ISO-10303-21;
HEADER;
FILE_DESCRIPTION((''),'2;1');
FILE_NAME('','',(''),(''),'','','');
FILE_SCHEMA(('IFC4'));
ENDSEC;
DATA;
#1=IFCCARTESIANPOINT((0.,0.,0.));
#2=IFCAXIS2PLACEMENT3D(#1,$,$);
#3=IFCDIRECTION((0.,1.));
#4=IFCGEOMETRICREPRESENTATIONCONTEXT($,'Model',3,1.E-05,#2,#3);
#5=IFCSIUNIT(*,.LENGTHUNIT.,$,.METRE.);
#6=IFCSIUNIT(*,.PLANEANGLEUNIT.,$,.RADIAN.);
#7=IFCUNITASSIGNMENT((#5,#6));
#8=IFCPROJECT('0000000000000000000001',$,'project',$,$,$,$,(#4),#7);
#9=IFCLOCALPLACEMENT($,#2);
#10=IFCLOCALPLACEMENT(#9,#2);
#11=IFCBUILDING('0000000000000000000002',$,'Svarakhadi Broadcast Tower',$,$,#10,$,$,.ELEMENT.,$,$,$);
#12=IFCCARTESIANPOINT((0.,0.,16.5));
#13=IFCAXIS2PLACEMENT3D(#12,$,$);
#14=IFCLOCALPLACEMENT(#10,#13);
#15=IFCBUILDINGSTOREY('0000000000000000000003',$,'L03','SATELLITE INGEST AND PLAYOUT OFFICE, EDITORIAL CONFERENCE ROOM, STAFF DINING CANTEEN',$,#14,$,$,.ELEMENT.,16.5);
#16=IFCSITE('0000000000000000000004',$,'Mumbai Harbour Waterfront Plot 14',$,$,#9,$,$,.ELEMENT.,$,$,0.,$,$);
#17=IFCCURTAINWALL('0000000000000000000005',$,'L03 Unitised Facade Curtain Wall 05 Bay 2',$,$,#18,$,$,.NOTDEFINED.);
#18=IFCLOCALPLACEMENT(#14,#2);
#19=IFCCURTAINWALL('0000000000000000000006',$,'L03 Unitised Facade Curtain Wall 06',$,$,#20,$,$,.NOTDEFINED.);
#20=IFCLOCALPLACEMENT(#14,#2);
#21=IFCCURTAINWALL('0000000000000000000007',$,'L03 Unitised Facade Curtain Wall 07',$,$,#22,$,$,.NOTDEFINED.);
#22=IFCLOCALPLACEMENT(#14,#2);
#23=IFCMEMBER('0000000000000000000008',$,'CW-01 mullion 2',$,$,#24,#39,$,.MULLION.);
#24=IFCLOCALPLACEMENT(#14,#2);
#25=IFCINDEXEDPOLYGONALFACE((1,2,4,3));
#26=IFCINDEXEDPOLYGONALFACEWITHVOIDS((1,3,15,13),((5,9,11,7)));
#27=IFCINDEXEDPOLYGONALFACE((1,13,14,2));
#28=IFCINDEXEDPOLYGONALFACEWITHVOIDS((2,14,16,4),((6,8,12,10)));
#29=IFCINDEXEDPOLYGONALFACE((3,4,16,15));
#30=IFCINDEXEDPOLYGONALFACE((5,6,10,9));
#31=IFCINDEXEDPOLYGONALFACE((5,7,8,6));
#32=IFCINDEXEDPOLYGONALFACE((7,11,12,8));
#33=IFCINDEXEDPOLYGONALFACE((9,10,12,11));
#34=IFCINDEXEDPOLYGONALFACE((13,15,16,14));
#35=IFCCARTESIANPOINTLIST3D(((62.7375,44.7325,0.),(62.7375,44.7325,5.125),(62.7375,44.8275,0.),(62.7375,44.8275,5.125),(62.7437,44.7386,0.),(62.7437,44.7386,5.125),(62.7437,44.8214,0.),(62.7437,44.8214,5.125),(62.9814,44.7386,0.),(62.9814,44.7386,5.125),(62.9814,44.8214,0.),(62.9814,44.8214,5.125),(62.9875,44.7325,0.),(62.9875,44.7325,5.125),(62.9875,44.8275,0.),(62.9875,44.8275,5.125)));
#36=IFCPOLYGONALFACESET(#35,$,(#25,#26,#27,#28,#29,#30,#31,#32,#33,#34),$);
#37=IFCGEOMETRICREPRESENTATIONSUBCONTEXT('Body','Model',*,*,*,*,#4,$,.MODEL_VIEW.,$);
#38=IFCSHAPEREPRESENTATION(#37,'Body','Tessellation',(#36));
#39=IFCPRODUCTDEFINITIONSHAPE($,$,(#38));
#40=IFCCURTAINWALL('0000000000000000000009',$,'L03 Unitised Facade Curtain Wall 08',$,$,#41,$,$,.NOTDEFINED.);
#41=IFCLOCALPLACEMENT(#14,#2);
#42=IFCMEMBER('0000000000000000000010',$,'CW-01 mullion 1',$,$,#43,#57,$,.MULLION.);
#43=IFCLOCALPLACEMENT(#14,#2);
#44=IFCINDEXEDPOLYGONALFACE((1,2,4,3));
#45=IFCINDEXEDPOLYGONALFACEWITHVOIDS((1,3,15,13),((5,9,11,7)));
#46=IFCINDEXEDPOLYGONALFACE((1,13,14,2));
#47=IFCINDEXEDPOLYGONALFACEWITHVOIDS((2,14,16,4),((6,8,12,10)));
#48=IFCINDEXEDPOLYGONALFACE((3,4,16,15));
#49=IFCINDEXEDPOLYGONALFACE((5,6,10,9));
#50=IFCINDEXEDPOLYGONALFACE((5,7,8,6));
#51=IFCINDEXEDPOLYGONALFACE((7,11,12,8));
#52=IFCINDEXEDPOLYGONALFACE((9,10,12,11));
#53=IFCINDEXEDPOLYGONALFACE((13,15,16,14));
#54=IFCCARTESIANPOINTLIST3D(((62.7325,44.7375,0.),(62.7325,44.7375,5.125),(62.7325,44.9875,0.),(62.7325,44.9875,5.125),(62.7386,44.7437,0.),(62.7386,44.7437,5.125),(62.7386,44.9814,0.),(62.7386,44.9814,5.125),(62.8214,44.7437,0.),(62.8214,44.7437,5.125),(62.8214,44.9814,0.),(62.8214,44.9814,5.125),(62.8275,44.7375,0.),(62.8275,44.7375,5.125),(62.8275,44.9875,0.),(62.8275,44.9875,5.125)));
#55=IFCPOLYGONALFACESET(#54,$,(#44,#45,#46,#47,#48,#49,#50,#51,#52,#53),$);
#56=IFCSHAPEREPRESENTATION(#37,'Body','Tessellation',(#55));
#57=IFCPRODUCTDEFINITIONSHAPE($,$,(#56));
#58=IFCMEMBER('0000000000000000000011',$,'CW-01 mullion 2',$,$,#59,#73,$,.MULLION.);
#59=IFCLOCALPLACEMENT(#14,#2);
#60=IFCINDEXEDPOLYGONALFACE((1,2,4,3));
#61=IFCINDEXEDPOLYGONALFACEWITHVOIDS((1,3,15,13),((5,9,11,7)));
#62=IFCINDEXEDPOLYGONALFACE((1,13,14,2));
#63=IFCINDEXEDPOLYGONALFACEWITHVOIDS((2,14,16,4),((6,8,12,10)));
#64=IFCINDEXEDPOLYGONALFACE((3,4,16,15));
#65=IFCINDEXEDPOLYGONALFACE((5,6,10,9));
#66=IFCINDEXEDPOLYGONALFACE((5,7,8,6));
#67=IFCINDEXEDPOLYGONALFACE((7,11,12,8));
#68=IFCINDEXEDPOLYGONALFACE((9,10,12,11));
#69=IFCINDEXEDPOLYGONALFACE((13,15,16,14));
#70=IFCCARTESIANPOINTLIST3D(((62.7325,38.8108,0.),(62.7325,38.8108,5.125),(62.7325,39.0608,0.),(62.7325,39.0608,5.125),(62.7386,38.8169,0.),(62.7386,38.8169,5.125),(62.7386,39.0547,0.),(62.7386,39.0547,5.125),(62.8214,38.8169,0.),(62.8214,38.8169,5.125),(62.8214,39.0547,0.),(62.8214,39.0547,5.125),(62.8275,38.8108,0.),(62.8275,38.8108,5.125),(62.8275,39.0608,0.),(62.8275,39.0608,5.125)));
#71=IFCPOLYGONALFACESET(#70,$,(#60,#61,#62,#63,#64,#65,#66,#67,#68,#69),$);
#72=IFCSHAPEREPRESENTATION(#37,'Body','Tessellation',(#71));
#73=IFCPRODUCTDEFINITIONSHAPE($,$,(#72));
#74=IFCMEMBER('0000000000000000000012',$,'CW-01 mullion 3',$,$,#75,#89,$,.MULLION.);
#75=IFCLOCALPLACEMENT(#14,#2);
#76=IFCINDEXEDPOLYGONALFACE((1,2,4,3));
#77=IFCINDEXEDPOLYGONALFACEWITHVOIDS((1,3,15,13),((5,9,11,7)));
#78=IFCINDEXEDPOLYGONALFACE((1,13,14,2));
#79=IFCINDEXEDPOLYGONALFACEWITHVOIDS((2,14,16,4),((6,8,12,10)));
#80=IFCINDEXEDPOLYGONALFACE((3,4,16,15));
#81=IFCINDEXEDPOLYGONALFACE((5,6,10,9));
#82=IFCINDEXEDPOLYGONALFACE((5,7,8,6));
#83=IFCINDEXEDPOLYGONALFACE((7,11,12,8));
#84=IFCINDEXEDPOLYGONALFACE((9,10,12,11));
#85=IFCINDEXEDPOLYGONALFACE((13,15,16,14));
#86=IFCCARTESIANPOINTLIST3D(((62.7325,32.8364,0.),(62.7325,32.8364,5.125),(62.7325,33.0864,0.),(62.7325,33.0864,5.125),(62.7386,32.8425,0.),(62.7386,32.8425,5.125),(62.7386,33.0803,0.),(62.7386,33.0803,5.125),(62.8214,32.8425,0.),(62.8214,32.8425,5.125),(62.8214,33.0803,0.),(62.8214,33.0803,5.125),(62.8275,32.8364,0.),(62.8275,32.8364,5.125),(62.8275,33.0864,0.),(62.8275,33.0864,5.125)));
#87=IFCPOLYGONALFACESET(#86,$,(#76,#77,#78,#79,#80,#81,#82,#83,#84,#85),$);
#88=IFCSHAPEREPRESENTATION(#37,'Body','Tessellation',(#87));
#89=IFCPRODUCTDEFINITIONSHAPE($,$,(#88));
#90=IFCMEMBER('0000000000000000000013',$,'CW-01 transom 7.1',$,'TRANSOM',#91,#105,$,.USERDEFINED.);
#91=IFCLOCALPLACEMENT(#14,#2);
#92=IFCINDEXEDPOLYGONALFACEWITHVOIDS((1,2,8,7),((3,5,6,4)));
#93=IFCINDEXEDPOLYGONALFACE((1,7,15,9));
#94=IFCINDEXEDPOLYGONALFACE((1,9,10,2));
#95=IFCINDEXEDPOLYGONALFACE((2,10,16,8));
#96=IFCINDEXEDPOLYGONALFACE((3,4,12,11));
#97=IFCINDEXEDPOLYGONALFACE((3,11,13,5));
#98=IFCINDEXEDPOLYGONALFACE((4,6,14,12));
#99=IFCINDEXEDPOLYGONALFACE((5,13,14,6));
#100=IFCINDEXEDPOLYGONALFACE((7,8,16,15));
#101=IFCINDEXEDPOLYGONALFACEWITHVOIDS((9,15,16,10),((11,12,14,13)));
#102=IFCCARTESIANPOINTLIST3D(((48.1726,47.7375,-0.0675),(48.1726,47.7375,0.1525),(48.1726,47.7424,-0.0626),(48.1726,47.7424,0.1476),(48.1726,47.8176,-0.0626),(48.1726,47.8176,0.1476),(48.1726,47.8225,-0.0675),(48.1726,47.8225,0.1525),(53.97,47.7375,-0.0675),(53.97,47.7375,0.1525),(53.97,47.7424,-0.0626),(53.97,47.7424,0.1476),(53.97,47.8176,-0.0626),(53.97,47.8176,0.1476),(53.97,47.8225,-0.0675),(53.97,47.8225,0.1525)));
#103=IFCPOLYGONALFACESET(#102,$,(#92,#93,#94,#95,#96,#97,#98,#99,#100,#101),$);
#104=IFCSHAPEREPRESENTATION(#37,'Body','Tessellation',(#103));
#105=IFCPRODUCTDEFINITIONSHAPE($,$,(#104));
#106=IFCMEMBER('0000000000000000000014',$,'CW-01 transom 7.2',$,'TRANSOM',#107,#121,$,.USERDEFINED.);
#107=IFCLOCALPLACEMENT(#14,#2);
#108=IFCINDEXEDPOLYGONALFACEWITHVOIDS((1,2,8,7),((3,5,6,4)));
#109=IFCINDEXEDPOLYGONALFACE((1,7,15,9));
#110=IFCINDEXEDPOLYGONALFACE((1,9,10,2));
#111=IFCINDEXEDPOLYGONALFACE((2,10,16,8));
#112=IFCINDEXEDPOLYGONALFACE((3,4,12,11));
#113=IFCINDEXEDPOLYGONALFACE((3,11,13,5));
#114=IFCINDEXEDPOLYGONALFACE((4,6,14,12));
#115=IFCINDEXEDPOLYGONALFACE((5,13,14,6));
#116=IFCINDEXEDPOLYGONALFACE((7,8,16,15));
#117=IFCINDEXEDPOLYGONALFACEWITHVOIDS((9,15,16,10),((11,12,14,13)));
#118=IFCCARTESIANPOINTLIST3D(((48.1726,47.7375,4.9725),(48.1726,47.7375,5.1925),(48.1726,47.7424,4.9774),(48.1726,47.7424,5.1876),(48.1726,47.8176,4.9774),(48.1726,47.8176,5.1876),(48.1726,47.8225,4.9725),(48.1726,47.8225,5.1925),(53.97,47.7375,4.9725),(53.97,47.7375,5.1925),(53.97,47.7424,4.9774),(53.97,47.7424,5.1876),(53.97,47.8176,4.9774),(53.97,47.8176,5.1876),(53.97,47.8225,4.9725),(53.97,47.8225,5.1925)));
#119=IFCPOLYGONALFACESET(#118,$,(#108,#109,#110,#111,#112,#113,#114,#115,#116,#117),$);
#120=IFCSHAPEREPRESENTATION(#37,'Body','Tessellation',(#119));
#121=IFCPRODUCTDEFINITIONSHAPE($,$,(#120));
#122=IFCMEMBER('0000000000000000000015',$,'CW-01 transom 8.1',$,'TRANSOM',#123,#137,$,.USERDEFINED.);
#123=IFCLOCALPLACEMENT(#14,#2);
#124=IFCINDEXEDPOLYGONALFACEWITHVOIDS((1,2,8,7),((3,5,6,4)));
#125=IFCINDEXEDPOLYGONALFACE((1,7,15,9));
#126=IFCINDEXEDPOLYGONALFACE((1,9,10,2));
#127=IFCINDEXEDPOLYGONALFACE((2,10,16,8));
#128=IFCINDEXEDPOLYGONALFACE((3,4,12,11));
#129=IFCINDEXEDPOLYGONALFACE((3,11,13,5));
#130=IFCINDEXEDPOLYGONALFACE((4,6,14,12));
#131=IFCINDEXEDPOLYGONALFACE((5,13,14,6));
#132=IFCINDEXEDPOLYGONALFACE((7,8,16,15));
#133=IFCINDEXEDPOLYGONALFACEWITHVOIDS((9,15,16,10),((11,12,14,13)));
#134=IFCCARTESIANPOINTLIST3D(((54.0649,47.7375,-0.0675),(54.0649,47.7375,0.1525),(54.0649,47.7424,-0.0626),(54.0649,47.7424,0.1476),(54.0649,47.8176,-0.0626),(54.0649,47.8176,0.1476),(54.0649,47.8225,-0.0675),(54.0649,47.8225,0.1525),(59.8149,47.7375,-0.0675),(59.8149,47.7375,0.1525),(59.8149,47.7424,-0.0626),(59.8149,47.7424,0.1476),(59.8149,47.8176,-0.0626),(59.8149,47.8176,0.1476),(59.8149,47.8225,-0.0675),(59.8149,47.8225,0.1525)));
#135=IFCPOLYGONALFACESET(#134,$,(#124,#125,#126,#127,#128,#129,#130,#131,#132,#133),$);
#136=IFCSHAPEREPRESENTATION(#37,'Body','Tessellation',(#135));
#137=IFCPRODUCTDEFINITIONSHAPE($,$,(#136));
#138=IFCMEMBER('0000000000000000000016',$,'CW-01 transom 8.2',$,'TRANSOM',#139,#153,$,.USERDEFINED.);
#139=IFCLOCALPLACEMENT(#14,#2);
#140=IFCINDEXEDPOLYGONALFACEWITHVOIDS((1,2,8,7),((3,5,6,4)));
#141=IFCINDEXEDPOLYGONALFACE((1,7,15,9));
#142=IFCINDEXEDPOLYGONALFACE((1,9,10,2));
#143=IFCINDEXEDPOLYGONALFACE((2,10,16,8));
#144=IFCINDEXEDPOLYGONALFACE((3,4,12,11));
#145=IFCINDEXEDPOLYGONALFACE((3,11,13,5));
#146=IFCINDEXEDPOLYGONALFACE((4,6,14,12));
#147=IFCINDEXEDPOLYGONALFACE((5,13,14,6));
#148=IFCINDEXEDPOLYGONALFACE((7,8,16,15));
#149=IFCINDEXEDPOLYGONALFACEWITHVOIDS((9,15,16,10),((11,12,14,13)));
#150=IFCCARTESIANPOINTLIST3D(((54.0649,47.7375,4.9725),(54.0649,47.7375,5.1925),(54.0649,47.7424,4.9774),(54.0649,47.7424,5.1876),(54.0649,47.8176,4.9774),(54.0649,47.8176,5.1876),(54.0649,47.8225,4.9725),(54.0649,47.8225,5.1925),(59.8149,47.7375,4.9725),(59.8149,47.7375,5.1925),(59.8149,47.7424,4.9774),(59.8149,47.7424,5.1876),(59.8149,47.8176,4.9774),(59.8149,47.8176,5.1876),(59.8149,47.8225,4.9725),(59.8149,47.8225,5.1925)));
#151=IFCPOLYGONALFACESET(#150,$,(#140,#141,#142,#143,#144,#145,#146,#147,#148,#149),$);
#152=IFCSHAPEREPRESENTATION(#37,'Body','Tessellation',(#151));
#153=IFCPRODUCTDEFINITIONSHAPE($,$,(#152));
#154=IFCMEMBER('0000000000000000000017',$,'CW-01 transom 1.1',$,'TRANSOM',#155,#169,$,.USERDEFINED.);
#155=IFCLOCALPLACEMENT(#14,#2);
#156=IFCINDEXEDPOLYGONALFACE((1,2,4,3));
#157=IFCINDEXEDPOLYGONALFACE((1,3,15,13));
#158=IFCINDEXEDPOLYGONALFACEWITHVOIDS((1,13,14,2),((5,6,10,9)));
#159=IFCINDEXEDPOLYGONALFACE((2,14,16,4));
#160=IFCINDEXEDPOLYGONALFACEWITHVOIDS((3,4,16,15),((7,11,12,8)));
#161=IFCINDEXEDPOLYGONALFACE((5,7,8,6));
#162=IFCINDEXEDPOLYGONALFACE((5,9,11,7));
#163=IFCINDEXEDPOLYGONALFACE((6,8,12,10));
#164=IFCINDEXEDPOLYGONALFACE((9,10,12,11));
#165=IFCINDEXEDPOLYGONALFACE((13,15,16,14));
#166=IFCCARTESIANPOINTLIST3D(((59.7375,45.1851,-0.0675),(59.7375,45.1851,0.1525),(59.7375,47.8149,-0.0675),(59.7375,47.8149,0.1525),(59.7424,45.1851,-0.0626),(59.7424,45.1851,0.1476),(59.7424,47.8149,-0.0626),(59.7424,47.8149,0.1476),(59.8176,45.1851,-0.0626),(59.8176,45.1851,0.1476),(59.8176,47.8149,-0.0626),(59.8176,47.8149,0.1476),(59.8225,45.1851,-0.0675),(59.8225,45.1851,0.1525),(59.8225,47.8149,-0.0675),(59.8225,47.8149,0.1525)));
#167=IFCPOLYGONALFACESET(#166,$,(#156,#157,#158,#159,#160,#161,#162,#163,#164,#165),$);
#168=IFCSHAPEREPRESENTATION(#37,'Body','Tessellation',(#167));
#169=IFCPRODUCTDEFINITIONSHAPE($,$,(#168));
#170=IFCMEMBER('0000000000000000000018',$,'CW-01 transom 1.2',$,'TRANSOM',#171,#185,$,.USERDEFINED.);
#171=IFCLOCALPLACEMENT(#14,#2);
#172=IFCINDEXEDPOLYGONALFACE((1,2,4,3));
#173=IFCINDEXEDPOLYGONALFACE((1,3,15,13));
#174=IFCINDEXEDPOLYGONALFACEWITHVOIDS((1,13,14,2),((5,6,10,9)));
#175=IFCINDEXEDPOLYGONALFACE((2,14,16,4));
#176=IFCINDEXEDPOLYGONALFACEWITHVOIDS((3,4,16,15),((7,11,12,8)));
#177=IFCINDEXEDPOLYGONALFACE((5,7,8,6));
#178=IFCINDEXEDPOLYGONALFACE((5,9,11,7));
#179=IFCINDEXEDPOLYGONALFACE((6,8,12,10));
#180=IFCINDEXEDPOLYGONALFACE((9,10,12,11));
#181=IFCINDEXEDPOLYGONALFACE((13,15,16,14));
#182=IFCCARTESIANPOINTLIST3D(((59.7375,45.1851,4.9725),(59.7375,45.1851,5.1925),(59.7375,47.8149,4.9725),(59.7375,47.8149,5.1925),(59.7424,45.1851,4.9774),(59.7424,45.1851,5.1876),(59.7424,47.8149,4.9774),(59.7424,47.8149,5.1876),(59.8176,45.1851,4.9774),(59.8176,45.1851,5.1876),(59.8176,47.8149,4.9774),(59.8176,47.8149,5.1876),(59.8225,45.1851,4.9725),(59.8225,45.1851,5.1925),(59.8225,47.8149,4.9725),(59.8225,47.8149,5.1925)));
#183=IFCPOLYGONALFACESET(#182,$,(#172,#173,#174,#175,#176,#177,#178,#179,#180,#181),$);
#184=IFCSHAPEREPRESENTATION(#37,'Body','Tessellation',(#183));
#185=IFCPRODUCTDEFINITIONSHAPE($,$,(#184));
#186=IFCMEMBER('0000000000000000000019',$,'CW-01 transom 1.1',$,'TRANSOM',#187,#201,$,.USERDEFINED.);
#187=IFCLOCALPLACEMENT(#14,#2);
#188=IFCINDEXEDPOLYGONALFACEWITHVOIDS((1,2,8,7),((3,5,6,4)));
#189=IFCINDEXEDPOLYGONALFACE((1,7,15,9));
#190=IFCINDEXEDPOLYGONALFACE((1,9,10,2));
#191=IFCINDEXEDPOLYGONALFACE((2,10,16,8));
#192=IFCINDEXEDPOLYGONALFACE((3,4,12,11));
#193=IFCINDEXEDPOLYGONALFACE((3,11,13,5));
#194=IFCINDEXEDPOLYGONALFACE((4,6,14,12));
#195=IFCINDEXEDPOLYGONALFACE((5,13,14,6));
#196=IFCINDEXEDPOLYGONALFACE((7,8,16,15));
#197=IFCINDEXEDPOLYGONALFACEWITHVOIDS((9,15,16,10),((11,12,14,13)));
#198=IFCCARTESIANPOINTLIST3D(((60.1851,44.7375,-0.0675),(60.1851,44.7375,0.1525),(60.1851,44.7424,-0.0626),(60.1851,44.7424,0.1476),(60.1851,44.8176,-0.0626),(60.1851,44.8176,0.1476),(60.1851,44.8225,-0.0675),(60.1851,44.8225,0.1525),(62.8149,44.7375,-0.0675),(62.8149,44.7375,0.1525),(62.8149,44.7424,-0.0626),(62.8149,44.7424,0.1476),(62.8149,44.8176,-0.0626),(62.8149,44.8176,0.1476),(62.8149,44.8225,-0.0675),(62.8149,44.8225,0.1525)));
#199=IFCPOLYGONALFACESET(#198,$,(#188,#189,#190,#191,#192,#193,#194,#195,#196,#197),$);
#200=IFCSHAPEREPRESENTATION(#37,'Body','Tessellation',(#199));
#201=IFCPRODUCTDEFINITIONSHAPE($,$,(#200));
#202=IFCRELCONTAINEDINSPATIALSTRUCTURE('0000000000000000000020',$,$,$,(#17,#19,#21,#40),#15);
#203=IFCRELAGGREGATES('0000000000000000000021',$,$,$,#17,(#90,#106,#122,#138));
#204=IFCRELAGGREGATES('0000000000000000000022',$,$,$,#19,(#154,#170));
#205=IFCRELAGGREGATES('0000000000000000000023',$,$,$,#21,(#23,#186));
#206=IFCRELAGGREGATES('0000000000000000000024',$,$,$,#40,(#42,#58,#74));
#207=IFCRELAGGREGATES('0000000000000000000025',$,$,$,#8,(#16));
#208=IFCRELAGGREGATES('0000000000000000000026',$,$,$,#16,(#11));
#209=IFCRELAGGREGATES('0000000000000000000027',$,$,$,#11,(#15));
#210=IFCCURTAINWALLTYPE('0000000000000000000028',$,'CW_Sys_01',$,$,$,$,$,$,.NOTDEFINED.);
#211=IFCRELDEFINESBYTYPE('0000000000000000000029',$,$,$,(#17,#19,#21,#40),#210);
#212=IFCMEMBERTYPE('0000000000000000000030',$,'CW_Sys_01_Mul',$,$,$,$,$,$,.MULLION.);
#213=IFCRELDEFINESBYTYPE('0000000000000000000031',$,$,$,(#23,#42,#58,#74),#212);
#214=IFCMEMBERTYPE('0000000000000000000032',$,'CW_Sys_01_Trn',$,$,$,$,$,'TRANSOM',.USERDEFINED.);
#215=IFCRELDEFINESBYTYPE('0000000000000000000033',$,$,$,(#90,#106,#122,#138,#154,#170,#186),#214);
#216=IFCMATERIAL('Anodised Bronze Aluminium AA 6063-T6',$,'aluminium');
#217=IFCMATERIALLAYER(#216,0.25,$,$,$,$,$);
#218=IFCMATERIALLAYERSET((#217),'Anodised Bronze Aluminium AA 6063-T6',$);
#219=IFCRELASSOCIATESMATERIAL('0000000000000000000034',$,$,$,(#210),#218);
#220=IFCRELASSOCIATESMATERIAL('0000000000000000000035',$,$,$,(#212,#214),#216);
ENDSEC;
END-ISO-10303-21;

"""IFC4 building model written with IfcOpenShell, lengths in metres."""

from ifc_helpers import new_model, si_unit, direction, frame, origin, origin_2d, place, context, subcontext, project, spatial, hollow_rectangle, extrude, material, layer, layer_set, material_profile, profile_set, type_object, element, aggregate, save


model = new_model("IFC4")

# Units and contexts
model_context = context("Model", 3, precision=1e-05, world=origin(), true_north=direction((0.0, 1.0)))
body_context = subcontext(model_context, "Body", "Model", "MODEL_VIEW")
ifc_project = project(units=[si_unit("LENGTHUNIT", "METRE"), si_unit("PLANEANGLEUNIT", "RADIAN")], contexts=[model_context])

# Site, building, storey
site_placement = place(None, origin())
site = spatial("IfcSite", under=ifc_project, at=site_placement, Name="Mumbai Harbour Waterfront Plot 14", CompositionType="ELEMENT", RefElevation=0.0)
building_placement = place(site_placement, origin())
building = spatial("IfcBuilding", under=site, at=building_placement, Name="Svarakhadi Broadcast Tower", CompositionType="ELEMENT")
storey_placement = place(building_placement, frame((0.0, 0.0, 16.5)))
storey = spatial("IfcBuildingStorey", under=building, at=storey_placement, Name="L03", Description="SATELLITE INGEST AND PLAYOUT OFFICE, EDITORIAL CONFERENCE ROOM, STAFF DINING CANTEEN", CompositionType="ELEMENT", Elevation=16.5)

# Curtain walls, members
ifc_material_1 = material(Name="Anodised Bronze Aluminium AA 6063-T6", Category="aluminium")
ifc_layer_1 = layer(ifc_material_1, 0.25)
ifc_layer_set_1 = layer_set([ifc_layer_1], Name="Anodised Bronze Aluminium AA 6063-T6")
curtain_wall_type = type_object("IfcCurtainWallType", Name="CW_Sys_01", PredefinedType="NOTDEFINED", material=ifc_layer_set_1)
curtain_wall_1_placement = place(storey_placement, origin())
curtain_wall_1 = element("IfcCurtainWall", 1, at=curtain_wall_1_placement, inside=storey, type_object=curtain_wall_type, Name="L03 Unitised Facade Curtain Wall 05 Bay 2", PredefinedType="NOTDEFINED")
ifc_material_profile_1 = material_profile(ifc_material_1, hollow_rectangle(XDim=0.095, YDim=0.25, WallThickness=0.0061, at=origin_2d()), Name="ALU MULLION 250x95x6")
ifc_profile_set_1 = profile_set([ifc_material_profile_1], Name="Anodised Bronze Aluminium AA 6063-T6")
member_type_1 = type_object("IfcMemberType", Name="CW_Sys_01_Mul", PredefinedType="MULLION", material=ifc_profile_set_1)
curtain_wall_2_placement = place(storey_placement, origin())
curtain_wall_2 = element("IfcCurtainWall", 2, at=curtain_wall_2_placement, inside=storey, type_object=curtain_wall_type, Name="L03 Unitised Facade Curtain Wall 06", PredefinedType="NOTDEFINED")
curtain_wall_3_placement = place(storey_placement, origin())
curtain_wall_3 = element("IfcCurtainWall", 3, at=curtain_wall_3_placement, inside=storey, type_object=curtain_wall_type, Name="L03 Unitised Facade Curtain Wall 07", PredefinedType="NOTDEFINED")
member_1_placement = place(storey_placement, frame((62.8625, 44.78, 0.0), z_axis=(0.0, 0.0, 1.0), x_axis=(0.0, 1.0, 0.0)))
member_1 = element("IfcMember", 4, at=member_1_placement, type_object=member_type_1, Name="CW-01 mullion 2", PredefinedType="MULLION", context=body_context, shape_type="SweptSolid", body=[
    extrude(hollow_rectangle(XDim=0.095, YDim=0.25, WallThickness=0.0061, at=origin_2d()), origin(), (0.0, 0.0, 1.0), 5.125),
])
curtain_wall_4_placement = place(storey_placement, origin())
curtain_wall_4 = element("IfcCurtainWall", 5, at=curtain_wall_4_placement, inside=storey, type_object=curtain_wall_type, Name="L03 Unitised Facade Curtain Wall 08", PredefinedType="NOTDEFINED")
member_2_placement = place(storey_placement, frame((62.78, 44.8625, 0.0), z_axis=(0.0, 0.0, 1.0), x_axis=(1.0, 0.0, 0.0)))
member_2 = element("IfcMember", 6, at=member_2_placement, type_object=member_type_1, Name="CW-01 mullion 1", PredefinedType="MULLION", context=body_context, shape_type="SweptSolid", body=[
    extrude(hollow_rectangle(XDim=0.095, YDim=0.25, WallThickness=0.0061, at=origin_2d()), origin(), (0.0, 0.0, 1.0), 5.125),
])
member_3_placement = place(storey_placement, frame((62.78, 38.9358, 0.0), z_axis=(0.0, 0.0, 1.0), x_axis=(1.0, 0.0, 0.0)))
member_3 = element("IfcMember", 7, at=member_3_placement, type_object=member_type_1, Name="CW-01 mullion 2", PredefinedType="MULLION", context=body_context, shape_type="SweptSolid", body=[
    extrude(hollow_rectangle(XDim=0.095, YDim=0.25, WallThickness=0.0061, at=origin_2d()), origin(), (0.0, 0.0, 1.0), 5.125),
])
member_4_placement = place(storey_placement, frame((62.78, 32.9614, 0.0), z_axis=(0.0, 0.0, 1.0), x_axis=(1.0, 0.0, 0.0)))
member_4 = element("IfcMember", 8, at=member_4_placement, type_object=member_type_1, Name="CW-01 mullion 3", PredefinedType="MULLION", context=body_context, shape_type="SweptSolid", body=[
    extrude(hollow_rectangle(XDim=0.095, YDim=0.25, WallThickness=0.0061, at=origin_2d()), origin(), (0.0, 0.0, 1.0), 5.125),
])

# Members
ifc_material_profile_2 = material_profile(ifc_material_1, hollow_rectangle(XDim=0.085, YDim=0.22, WallThickness=0.0049, at=origin_2d()), Name="ALU TRANSOM 220x85x5")
ifc_profile_set_2 = profile_set([ifc_material_profile_2], Name="Anodised Bronze Aluminium AA 6063-T6")
member_type_2 = type_object("IfcMemberType", Name="CW_Sys_01_Trn", ElementType="TRANSOM", PredefinedType="USERDEFINED", material=ifc_profile_set_2)
member_5_placement = place(storey_placement, frame((48.1726, 47.78, 0.0425), z_axis=(1.0, 0.0, 0.0), x_axis=(0.0, 1.0, 0.0)))
member_5 = element("IfcMember", 9, at=member_5_placement, type_object=member_type_2, Name="CW-01 transom 7.1", ObjectType="TRANSOM", PredefinedType="USERDEFINED", context=body_context, shape_type="SweptSolid", body=[
    extrude(hollow_rectangle(XDim=0.085, YDim=0.22, WallThickness=0.0049, at=origin_2d()), origin(), (0.0, 0.0, 1.0), 5.7974),
])
member_6_placement = place(storey_placement, frame((48.1726, 47.78, 5.0825), z_axis=(1.0, 0.0, 0.0), x_axis=(0.0, 1.0, 0.0)))
member_6 = element("IfcMember", 10, at=member_6_placement, type_object=member_type_2, Name="CW-01 transom 7.2", ObjectType="TRANSOM", PredefinedType="USERDEFINED", context=body_context, shape_type="SweptSolid", body=[
    extrude(hollow_rectangle(XDim=0.085, YDim=0.22, WallThickness=0.0049, at=origin_2d()), origin(), (0.0, 0.0, 1.0), 5.7974),
])
member_7_placement = place(storey_placement, frame((54.0649, 47.78, 0.0425), z_axis=(1.0, 0.0, 0.0), x_axis=(0.0, 1.0, 0.0)))
member_7 = element("IfcMember", 11, at=member_7_placement, type_object=member_type_2, Name="CW-01 transom 8.1", ObjectType="TRANSOM", PredefinedType="USERDEFINED", context=body_context, shape_type="SweptSolid", body=[
    extrude(hollow_rectangle(XDim=0.085, YDim=0.22, WallThickness=0.0049, at=origin_2d()), origin(), (0.0, 0.0, 1.0), 5.75),
])
member_8_placement = place(storey_placement, frame((54.0649, 47.78, 5.0825), z_axis=(1.0, 0.0, 0.0), x_axis=(0.0, 1.0, 0.0)))
member_8 = element("IfcMember", 12, at=member_8_placement, type_object=member_type_2, Name="CW-01 transom 8.2", ObjectType="TRANSOM", PredefinedType="USERDEFINED", context=body_context, shape_type="SweptSolid", body=[
    extrude(hollow_rectangle(XDim=0.085, YDim=0.22, WallThickness=0.0049, at=origin_2d()), origin(), (0.0, 0.0, 1.0), 5.75),
])
member_9_placement = place(storey_placement, frame((59.78, 47.8149, 0.0425), z_axis=(0.0, -1.0, 0.0), x_axis=(1.0, 0.0, 0.0)))
member_9 = element("IfcMember", 13, at=member_9_placement, type_object=member_type_2, Name="CW-01 transom 1.1", ObjectType="TRANSOM", PredefinedType="USERDEFINED", context=body_context, shape_type="SweptSolid", body=[
    extrude(hollow_rectangle(XDim=0.085, YDim=0.22, WallThickness=0.0049, at=origin_2d()), origin(), (0.0, 0.0, 1.0), 2.6299),
])
member_10_placement = place(storey_placement, frame((59.78, 47.8149, 5.0825), z_axis=(0.0, -1.0, 0.0), x_axis=(1.0, 0.0, 0.0)))
member_10 = element("IfcMember", 14, at=member_10_placement, type_object=member_type_2, Name="CW-01 transom 1.2", ObjectType="TRANSOM", PredefinedType="USERDEFINED", context=body_context, shape_type="SweptSolid", body=[
    extrude(hollow_rectangle(XDim=0.085, YDim=0.22, WallThickness=0.0049, at=origin_2d()), origin(), (0.0, 0.0, 1.0), 2.6299),
])
member_11_placement = place(storey_placement, frame((60.1851, 44.78, 0.0425), z_axis=(1.0, 0.0, 0.0), x_axis=(0.0, 1.0, 0.0)))
member_11 = element("IfcMember", 15, at=member_11_placement, type_object=member_type_2, Name="CW-01 transom 1.1", ObjectType="TRANSOM", PredefinedType="USERDEFINED", context=body_context, shape_type="SweptSolid", body=[
    extrude(hollow_rectangle(XDim=0.085, YDim=0.22, WallThickness=0.0049, at=origin_2d()), origin(), (0.0, 0.0, 1.0), 2.6299),
])

aggregate(curtain_wall_1, [member_5, member_6, member_7, member_8])
aggregate(curtain_wall_2, [member_9, member_10])
aggregate(curtain_wall_3, [member_1, member_11])
aggregate(curtain_wall_4, [member_2, member_3, member_4])

save(model, "model.ifc")
